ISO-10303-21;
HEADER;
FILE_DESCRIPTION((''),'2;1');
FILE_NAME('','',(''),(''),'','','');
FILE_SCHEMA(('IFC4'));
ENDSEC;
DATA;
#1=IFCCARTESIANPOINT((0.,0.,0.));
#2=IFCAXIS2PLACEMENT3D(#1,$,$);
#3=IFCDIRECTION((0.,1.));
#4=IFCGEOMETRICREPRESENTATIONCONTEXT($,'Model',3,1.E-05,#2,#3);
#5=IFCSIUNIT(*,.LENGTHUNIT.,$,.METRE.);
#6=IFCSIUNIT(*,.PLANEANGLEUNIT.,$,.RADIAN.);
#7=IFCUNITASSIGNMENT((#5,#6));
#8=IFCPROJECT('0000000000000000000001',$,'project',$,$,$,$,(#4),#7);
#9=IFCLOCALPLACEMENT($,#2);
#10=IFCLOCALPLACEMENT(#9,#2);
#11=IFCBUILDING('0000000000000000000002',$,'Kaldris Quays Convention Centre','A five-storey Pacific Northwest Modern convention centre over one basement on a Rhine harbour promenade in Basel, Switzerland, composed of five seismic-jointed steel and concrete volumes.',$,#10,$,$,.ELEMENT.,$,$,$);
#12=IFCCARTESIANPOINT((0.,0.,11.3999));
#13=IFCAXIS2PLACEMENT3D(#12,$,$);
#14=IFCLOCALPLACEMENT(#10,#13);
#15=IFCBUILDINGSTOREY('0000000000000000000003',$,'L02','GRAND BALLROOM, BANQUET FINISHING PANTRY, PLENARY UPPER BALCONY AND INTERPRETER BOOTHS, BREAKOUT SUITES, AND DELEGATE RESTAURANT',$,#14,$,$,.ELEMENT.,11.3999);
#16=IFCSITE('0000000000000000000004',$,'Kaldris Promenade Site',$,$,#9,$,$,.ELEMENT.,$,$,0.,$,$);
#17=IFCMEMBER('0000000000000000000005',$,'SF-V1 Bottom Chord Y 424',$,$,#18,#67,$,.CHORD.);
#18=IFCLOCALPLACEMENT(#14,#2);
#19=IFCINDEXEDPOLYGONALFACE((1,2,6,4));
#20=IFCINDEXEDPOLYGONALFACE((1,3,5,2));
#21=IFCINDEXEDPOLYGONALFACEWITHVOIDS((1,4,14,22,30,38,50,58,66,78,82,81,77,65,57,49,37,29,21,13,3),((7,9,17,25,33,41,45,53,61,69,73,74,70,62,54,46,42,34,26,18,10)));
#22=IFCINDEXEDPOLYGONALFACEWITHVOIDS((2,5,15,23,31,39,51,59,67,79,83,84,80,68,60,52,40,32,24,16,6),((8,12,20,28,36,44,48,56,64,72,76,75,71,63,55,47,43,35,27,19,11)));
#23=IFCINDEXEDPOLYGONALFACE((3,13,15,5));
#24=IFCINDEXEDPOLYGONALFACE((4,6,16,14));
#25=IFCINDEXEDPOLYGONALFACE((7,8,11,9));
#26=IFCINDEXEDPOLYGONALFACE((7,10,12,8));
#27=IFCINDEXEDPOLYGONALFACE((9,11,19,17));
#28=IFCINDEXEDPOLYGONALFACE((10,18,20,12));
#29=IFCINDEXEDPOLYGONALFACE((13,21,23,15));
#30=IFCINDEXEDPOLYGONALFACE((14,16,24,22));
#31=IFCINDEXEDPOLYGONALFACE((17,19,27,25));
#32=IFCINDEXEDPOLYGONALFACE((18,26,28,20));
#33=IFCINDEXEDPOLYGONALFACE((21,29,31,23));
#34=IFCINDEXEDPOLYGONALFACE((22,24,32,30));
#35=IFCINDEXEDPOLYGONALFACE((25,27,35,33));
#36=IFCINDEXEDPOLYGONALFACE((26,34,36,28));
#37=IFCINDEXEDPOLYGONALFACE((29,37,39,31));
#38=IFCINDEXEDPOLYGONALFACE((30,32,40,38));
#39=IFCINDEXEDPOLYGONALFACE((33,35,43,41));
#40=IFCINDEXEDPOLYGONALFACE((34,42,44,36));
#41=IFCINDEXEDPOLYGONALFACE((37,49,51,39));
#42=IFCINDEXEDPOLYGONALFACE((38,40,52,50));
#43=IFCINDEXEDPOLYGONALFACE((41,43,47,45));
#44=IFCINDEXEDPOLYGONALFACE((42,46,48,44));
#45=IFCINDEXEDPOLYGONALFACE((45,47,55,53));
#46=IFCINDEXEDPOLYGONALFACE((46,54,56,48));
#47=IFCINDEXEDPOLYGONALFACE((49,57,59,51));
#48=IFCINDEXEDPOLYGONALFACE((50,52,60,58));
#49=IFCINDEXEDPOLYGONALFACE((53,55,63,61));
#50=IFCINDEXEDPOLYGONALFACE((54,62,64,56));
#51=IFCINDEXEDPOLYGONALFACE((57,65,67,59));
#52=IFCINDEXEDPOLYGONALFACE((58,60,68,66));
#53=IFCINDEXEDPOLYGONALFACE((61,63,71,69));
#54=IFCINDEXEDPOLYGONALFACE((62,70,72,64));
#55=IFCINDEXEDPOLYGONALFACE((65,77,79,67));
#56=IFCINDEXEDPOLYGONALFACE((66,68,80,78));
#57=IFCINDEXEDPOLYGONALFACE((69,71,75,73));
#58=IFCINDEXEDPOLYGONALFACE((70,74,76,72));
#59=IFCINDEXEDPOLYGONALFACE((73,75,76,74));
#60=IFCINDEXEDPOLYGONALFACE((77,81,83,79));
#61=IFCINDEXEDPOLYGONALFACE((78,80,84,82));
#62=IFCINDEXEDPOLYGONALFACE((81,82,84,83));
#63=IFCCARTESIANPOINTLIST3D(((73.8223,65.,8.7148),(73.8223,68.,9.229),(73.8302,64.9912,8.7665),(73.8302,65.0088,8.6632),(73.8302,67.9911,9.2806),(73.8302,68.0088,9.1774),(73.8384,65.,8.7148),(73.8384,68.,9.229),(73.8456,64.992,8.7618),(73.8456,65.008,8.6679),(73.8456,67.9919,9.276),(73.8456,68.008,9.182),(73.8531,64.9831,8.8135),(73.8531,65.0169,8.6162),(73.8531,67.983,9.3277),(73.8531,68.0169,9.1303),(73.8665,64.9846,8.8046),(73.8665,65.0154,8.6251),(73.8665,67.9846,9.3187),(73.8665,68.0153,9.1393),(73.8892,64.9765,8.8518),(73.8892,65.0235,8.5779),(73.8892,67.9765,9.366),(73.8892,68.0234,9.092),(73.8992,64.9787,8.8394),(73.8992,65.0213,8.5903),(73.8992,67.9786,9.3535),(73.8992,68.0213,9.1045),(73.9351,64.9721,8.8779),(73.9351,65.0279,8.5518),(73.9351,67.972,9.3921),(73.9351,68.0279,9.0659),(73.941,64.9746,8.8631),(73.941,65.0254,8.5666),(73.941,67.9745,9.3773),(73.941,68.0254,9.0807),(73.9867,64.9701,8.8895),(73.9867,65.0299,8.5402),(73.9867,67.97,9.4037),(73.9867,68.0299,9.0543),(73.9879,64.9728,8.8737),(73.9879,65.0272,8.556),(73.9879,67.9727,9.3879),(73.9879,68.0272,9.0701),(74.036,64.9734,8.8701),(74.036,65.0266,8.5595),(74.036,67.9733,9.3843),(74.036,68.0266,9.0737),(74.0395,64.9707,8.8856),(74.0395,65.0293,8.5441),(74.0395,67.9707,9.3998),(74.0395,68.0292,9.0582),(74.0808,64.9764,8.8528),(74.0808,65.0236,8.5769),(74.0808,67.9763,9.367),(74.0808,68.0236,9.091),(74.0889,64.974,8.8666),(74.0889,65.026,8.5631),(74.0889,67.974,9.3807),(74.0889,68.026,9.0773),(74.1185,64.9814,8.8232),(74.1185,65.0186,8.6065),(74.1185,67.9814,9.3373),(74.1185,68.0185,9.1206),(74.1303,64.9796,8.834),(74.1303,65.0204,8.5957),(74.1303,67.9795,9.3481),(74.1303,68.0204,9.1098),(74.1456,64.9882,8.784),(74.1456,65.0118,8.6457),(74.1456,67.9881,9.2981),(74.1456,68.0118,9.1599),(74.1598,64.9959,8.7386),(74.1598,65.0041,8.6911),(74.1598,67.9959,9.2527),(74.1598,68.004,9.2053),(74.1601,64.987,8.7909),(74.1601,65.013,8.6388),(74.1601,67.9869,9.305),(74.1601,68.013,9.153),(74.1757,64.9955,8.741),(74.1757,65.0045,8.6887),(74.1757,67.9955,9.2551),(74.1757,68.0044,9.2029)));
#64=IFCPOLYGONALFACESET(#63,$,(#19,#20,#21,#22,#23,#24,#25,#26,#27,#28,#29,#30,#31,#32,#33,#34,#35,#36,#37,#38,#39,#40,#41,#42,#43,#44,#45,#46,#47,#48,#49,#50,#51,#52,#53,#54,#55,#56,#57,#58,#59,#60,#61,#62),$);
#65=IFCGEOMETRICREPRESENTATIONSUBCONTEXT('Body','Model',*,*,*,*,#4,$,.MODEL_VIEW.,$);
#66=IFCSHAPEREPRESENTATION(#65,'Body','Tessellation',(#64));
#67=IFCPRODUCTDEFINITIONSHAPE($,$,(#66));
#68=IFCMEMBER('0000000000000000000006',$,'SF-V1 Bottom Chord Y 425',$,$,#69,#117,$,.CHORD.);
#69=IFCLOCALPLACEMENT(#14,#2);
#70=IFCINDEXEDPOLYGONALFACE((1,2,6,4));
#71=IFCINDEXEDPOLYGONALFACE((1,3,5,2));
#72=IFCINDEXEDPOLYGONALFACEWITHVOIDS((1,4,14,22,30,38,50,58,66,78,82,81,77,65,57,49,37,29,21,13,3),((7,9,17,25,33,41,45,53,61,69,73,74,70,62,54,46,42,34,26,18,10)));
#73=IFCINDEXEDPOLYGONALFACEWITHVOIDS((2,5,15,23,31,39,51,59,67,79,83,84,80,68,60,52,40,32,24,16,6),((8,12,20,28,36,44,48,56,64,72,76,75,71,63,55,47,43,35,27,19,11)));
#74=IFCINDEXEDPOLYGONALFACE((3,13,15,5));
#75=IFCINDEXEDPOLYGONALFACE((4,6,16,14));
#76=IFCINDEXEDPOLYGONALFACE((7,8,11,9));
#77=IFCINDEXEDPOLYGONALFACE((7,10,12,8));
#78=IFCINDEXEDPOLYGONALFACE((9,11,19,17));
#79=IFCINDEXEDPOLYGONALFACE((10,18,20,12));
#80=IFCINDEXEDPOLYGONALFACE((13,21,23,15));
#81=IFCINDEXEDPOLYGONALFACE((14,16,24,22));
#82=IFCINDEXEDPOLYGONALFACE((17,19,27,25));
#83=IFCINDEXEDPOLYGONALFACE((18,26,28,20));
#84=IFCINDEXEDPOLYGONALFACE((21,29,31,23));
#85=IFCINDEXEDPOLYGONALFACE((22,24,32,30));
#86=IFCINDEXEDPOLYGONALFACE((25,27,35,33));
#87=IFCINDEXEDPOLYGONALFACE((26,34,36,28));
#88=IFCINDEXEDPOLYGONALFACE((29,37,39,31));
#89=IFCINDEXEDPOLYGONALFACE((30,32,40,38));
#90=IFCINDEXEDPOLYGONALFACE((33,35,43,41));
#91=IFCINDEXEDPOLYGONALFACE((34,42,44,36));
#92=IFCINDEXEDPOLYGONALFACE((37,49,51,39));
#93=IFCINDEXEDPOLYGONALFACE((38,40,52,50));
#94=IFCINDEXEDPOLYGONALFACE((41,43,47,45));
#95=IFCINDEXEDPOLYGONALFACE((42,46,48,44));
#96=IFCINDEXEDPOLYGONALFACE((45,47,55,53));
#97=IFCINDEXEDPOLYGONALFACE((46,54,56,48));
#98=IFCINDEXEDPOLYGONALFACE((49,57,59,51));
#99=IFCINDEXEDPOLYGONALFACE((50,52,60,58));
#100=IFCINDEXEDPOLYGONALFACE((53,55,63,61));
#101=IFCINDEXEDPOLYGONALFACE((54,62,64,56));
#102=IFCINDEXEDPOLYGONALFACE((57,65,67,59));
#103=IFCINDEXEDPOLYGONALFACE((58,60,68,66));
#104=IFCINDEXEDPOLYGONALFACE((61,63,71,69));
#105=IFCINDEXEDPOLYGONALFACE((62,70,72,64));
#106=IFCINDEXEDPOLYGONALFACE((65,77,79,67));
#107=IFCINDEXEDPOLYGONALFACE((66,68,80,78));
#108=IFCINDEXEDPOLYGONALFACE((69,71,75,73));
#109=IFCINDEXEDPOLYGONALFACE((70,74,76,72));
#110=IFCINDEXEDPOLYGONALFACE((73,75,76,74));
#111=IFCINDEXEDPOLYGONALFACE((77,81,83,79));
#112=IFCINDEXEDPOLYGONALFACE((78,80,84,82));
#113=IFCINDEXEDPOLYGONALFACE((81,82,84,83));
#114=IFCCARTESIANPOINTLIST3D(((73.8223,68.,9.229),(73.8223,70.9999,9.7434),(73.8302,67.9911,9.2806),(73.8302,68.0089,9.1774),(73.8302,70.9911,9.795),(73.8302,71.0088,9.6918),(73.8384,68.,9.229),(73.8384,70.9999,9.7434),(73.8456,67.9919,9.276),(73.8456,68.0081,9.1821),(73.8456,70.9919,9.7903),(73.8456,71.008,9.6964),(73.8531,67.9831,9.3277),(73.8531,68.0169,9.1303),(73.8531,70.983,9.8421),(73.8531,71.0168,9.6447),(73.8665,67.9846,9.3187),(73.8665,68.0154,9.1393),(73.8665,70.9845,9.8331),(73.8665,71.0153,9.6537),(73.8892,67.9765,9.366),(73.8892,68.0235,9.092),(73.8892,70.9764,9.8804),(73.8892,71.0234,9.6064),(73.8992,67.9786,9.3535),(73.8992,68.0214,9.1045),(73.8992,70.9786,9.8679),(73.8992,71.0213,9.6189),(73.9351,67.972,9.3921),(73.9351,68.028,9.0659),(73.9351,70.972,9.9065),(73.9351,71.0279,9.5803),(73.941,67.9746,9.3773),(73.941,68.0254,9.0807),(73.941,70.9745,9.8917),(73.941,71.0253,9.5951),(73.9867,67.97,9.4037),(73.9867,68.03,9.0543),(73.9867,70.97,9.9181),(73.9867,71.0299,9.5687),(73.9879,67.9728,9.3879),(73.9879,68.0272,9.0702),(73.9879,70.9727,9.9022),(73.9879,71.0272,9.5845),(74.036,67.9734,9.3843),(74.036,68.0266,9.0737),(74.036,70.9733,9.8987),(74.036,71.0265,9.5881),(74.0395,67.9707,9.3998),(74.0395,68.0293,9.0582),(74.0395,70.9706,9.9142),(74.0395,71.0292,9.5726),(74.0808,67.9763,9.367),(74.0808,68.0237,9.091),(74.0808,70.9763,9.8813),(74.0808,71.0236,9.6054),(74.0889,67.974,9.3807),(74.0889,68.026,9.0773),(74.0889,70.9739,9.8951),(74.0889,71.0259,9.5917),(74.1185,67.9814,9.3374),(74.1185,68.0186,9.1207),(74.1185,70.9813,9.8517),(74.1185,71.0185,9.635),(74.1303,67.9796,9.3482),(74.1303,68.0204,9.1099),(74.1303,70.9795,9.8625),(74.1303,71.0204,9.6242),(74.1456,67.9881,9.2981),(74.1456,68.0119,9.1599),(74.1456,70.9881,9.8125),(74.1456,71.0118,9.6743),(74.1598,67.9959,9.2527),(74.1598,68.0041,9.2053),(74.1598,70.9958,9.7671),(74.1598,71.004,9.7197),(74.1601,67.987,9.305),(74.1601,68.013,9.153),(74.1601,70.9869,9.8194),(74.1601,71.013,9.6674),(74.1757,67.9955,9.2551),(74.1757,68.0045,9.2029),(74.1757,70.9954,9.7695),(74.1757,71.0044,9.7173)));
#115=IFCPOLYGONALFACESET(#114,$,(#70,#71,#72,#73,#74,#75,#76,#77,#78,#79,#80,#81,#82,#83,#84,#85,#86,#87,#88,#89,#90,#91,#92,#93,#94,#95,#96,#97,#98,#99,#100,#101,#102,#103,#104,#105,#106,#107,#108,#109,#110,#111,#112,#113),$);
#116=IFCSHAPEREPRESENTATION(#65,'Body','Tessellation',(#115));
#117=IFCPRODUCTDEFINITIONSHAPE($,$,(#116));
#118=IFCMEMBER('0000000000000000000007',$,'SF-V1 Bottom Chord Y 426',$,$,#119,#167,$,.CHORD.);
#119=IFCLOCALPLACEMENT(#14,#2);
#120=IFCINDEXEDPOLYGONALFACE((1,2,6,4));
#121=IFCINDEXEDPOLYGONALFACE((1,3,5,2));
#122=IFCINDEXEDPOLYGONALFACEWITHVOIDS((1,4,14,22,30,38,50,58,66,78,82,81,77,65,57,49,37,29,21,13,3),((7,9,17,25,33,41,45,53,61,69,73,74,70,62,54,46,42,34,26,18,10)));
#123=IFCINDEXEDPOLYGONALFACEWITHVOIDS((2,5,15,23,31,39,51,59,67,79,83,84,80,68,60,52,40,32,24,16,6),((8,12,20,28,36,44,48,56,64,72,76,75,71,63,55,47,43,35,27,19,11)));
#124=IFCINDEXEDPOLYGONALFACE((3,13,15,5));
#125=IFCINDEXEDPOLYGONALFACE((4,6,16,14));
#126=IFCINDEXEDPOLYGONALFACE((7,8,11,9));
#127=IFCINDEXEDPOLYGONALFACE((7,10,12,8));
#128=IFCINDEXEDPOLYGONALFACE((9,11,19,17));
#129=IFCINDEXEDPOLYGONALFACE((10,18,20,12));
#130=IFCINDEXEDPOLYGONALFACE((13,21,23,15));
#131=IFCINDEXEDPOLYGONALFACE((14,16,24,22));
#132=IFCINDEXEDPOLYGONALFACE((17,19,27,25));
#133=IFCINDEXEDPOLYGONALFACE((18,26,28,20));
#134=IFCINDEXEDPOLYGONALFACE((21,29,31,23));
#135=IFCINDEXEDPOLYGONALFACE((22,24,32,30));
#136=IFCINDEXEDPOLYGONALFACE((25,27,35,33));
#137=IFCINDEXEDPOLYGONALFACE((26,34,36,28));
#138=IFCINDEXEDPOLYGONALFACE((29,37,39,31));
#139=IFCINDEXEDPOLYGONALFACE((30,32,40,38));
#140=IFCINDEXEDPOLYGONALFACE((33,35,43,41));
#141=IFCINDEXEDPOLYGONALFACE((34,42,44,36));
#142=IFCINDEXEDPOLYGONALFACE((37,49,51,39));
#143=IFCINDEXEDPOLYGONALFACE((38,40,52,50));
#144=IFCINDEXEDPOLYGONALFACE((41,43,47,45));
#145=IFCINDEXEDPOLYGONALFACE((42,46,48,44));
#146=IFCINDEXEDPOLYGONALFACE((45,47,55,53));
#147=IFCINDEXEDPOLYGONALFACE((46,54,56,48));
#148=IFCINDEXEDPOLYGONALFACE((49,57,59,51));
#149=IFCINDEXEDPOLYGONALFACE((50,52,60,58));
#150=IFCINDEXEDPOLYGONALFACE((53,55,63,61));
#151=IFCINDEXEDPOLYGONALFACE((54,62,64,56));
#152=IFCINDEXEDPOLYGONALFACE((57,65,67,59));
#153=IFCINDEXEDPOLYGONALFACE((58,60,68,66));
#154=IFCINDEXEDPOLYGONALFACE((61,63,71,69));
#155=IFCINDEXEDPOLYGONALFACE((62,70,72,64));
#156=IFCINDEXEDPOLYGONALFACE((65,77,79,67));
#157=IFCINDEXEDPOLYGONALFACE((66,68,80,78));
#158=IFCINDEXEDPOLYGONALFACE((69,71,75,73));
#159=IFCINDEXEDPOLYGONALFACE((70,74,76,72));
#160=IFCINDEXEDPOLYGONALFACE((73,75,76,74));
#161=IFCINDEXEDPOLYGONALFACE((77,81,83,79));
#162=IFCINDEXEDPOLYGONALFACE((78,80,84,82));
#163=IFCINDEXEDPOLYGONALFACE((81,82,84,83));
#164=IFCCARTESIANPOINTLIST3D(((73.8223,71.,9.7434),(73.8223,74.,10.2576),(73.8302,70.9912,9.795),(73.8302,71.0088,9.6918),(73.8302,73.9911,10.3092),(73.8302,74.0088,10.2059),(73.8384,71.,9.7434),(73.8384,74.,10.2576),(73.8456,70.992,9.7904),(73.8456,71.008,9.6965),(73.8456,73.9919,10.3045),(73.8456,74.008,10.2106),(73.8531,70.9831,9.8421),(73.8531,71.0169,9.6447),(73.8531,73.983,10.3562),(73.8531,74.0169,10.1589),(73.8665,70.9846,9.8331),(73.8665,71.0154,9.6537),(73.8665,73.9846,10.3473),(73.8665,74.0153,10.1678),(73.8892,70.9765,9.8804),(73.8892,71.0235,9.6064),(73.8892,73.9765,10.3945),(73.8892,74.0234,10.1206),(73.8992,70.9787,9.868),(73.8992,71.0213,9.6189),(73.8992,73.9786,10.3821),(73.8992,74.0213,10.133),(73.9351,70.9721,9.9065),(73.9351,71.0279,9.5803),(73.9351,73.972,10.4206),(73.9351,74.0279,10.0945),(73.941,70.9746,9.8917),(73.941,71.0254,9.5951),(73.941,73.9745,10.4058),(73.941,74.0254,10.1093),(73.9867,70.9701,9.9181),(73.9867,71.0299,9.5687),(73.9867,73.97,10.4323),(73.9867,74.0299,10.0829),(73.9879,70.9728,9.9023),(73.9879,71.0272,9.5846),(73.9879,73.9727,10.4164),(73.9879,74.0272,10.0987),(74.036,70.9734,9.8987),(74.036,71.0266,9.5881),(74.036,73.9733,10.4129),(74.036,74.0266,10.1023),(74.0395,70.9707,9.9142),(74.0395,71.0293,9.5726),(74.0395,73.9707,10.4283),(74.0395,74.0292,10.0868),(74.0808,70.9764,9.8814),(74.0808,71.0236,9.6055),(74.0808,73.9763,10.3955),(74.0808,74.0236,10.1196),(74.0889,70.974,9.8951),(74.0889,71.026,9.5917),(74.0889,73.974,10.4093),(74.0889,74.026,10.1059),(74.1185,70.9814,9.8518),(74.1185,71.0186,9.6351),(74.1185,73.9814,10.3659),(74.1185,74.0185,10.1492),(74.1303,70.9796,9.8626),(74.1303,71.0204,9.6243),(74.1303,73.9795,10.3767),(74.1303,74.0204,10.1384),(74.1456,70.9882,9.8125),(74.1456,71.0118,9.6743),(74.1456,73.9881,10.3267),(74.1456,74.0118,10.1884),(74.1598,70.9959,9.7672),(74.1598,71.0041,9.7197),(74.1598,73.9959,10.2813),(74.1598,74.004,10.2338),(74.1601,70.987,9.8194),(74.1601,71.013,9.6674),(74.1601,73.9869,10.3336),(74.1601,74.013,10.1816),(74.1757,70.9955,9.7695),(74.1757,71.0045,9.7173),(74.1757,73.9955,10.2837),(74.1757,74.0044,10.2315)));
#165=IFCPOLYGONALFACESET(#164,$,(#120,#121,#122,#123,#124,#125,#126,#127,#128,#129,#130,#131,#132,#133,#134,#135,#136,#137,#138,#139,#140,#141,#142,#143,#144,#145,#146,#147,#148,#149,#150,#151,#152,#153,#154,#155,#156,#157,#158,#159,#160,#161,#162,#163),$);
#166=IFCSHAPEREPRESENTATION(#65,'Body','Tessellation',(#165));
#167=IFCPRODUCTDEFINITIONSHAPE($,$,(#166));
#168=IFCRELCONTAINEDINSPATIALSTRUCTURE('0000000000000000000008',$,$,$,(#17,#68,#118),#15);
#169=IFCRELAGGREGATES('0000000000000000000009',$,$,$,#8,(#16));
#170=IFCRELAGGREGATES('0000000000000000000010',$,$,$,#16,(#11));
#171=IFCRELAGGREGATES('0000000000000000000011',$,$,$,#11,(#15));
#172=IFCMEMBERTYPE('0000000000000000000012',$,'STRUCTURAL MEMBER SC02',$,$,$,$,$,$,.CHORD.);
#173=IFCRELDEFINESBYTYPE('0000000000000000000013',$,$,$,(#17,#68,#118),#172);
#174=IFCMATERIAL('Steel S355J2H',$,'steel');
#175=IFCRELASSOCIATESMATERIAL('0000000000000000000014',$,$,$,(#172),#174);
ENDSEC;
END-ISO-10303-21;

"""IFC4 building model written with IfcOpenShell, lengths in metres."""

from ifc_helpers import new_model, si_unit, direction, frame, origin, origin_2d, place, context, subcontext, project, spatial, hollow_circle, extrude, material, material_profile, profile_set, type_object, element, save


model = new_model("IFC4")

# Units and contexts
model_context = context("Model", 3, precision=1e-05, world=origin(), true_north=direction((0.0, 1.0)))
body_context = subcontext(model_context, "Body", "Model", "MODEL_VIEW")
ifc_project = project(units=[si_unit("LENGTHUNIT", "METRE"), si_unit("PLANEANGLEUNIT", "RADIAN")], contexts=[model_context])

# Site, building, storey
site_placement = place(None, origin())
site = spatial("IfcSite", under=ifc_project, at=site_placement, Name="Kaldris Promenade Site", CompositionType="ELEMENT", RefElevation=0.0)
building_placement = place(site_placement, origin())
building = spatial("IfcBuilding", under=site, at=building_placement, Name="Kaldris Quays Convention Centre", Description="A five-storey Pacific Northwest Modern convention centre over one basement on a Rhine harbour promenade in Basel, Switzerland, composed of five seismic-jointed steel and concrete volumes.", CompositionType="ELEMENT")
storey_placement = place(building_placement, frame((0.0, 0.0, 11.3999)))
storey = spatial("IfcBuildingStorey", under=building, at=storey_placement, Name="L02", Description="GRAND BALLROOM, BANQUET FINISHING PANTRY, PLENARY UPPER BALCONY AND INTERPRETER BOOTHS, BREAKOUT SUITES, AND DELEGATE RESTAURANT", CompositionType="ELEMENT", Elevation=11.3999)

# Members
ifc_material_1 = material(Name="Steel S355J2H", Category="steel")
ifc_material_profile_1 = material_profile(ifc_material_1, hollow_circle(Radius=0.1777, WallThickness=0.0161, at=origin_2d()), Name="CHS 355.6x16")
ifc_profile_set_1 = profile_set([ifc_material_profile_1], Name="Steel S355J2H")
member_type_1 = type_object("IfcMemberType", Name="STRUCTURAL MEMBER SC02", PredefinedType="CHORD", material=ifc_profile_set_1)
for number, where, z_axis, x_axis, name in (
    (1, (74.0, 65.0, 8.7148), (0.0, 0.985629, 0.168924), (-1.0, 0.0, 0.0), "SF-V1 Bottom Chord Y 424"),
    (2, (74.0, 68.0, 9.229), (0.0, 0.985616, 0.169002), (-1.0, 0.0, 0.0), "SF-V1 Bottom Chord Y 425"),
    (3, (74.0, 71.0, 9.7434), (0.0, 0.985629, 0.168924), (-1.0, 0.0, 0.0), "SF-V1 Bottom Chord Y 426"),
):
    element("IfcMember", number, at=place(storey_placement, frame(where, z_axis=z_axis, x_axis=x_axis)), inside=storey, type_object=member_type_1, Name=name, PredefinedType="CHORD", context=body_context, shape_type="SweptSolid", body=[
        extrude(hollow_circle(Radius=0.1777, WallThickness=0.0161, at=origin_2d()), origin(), (0.0, 0.0, 1.0), 3.0437),
    ])

save(model, "model.ifc")
